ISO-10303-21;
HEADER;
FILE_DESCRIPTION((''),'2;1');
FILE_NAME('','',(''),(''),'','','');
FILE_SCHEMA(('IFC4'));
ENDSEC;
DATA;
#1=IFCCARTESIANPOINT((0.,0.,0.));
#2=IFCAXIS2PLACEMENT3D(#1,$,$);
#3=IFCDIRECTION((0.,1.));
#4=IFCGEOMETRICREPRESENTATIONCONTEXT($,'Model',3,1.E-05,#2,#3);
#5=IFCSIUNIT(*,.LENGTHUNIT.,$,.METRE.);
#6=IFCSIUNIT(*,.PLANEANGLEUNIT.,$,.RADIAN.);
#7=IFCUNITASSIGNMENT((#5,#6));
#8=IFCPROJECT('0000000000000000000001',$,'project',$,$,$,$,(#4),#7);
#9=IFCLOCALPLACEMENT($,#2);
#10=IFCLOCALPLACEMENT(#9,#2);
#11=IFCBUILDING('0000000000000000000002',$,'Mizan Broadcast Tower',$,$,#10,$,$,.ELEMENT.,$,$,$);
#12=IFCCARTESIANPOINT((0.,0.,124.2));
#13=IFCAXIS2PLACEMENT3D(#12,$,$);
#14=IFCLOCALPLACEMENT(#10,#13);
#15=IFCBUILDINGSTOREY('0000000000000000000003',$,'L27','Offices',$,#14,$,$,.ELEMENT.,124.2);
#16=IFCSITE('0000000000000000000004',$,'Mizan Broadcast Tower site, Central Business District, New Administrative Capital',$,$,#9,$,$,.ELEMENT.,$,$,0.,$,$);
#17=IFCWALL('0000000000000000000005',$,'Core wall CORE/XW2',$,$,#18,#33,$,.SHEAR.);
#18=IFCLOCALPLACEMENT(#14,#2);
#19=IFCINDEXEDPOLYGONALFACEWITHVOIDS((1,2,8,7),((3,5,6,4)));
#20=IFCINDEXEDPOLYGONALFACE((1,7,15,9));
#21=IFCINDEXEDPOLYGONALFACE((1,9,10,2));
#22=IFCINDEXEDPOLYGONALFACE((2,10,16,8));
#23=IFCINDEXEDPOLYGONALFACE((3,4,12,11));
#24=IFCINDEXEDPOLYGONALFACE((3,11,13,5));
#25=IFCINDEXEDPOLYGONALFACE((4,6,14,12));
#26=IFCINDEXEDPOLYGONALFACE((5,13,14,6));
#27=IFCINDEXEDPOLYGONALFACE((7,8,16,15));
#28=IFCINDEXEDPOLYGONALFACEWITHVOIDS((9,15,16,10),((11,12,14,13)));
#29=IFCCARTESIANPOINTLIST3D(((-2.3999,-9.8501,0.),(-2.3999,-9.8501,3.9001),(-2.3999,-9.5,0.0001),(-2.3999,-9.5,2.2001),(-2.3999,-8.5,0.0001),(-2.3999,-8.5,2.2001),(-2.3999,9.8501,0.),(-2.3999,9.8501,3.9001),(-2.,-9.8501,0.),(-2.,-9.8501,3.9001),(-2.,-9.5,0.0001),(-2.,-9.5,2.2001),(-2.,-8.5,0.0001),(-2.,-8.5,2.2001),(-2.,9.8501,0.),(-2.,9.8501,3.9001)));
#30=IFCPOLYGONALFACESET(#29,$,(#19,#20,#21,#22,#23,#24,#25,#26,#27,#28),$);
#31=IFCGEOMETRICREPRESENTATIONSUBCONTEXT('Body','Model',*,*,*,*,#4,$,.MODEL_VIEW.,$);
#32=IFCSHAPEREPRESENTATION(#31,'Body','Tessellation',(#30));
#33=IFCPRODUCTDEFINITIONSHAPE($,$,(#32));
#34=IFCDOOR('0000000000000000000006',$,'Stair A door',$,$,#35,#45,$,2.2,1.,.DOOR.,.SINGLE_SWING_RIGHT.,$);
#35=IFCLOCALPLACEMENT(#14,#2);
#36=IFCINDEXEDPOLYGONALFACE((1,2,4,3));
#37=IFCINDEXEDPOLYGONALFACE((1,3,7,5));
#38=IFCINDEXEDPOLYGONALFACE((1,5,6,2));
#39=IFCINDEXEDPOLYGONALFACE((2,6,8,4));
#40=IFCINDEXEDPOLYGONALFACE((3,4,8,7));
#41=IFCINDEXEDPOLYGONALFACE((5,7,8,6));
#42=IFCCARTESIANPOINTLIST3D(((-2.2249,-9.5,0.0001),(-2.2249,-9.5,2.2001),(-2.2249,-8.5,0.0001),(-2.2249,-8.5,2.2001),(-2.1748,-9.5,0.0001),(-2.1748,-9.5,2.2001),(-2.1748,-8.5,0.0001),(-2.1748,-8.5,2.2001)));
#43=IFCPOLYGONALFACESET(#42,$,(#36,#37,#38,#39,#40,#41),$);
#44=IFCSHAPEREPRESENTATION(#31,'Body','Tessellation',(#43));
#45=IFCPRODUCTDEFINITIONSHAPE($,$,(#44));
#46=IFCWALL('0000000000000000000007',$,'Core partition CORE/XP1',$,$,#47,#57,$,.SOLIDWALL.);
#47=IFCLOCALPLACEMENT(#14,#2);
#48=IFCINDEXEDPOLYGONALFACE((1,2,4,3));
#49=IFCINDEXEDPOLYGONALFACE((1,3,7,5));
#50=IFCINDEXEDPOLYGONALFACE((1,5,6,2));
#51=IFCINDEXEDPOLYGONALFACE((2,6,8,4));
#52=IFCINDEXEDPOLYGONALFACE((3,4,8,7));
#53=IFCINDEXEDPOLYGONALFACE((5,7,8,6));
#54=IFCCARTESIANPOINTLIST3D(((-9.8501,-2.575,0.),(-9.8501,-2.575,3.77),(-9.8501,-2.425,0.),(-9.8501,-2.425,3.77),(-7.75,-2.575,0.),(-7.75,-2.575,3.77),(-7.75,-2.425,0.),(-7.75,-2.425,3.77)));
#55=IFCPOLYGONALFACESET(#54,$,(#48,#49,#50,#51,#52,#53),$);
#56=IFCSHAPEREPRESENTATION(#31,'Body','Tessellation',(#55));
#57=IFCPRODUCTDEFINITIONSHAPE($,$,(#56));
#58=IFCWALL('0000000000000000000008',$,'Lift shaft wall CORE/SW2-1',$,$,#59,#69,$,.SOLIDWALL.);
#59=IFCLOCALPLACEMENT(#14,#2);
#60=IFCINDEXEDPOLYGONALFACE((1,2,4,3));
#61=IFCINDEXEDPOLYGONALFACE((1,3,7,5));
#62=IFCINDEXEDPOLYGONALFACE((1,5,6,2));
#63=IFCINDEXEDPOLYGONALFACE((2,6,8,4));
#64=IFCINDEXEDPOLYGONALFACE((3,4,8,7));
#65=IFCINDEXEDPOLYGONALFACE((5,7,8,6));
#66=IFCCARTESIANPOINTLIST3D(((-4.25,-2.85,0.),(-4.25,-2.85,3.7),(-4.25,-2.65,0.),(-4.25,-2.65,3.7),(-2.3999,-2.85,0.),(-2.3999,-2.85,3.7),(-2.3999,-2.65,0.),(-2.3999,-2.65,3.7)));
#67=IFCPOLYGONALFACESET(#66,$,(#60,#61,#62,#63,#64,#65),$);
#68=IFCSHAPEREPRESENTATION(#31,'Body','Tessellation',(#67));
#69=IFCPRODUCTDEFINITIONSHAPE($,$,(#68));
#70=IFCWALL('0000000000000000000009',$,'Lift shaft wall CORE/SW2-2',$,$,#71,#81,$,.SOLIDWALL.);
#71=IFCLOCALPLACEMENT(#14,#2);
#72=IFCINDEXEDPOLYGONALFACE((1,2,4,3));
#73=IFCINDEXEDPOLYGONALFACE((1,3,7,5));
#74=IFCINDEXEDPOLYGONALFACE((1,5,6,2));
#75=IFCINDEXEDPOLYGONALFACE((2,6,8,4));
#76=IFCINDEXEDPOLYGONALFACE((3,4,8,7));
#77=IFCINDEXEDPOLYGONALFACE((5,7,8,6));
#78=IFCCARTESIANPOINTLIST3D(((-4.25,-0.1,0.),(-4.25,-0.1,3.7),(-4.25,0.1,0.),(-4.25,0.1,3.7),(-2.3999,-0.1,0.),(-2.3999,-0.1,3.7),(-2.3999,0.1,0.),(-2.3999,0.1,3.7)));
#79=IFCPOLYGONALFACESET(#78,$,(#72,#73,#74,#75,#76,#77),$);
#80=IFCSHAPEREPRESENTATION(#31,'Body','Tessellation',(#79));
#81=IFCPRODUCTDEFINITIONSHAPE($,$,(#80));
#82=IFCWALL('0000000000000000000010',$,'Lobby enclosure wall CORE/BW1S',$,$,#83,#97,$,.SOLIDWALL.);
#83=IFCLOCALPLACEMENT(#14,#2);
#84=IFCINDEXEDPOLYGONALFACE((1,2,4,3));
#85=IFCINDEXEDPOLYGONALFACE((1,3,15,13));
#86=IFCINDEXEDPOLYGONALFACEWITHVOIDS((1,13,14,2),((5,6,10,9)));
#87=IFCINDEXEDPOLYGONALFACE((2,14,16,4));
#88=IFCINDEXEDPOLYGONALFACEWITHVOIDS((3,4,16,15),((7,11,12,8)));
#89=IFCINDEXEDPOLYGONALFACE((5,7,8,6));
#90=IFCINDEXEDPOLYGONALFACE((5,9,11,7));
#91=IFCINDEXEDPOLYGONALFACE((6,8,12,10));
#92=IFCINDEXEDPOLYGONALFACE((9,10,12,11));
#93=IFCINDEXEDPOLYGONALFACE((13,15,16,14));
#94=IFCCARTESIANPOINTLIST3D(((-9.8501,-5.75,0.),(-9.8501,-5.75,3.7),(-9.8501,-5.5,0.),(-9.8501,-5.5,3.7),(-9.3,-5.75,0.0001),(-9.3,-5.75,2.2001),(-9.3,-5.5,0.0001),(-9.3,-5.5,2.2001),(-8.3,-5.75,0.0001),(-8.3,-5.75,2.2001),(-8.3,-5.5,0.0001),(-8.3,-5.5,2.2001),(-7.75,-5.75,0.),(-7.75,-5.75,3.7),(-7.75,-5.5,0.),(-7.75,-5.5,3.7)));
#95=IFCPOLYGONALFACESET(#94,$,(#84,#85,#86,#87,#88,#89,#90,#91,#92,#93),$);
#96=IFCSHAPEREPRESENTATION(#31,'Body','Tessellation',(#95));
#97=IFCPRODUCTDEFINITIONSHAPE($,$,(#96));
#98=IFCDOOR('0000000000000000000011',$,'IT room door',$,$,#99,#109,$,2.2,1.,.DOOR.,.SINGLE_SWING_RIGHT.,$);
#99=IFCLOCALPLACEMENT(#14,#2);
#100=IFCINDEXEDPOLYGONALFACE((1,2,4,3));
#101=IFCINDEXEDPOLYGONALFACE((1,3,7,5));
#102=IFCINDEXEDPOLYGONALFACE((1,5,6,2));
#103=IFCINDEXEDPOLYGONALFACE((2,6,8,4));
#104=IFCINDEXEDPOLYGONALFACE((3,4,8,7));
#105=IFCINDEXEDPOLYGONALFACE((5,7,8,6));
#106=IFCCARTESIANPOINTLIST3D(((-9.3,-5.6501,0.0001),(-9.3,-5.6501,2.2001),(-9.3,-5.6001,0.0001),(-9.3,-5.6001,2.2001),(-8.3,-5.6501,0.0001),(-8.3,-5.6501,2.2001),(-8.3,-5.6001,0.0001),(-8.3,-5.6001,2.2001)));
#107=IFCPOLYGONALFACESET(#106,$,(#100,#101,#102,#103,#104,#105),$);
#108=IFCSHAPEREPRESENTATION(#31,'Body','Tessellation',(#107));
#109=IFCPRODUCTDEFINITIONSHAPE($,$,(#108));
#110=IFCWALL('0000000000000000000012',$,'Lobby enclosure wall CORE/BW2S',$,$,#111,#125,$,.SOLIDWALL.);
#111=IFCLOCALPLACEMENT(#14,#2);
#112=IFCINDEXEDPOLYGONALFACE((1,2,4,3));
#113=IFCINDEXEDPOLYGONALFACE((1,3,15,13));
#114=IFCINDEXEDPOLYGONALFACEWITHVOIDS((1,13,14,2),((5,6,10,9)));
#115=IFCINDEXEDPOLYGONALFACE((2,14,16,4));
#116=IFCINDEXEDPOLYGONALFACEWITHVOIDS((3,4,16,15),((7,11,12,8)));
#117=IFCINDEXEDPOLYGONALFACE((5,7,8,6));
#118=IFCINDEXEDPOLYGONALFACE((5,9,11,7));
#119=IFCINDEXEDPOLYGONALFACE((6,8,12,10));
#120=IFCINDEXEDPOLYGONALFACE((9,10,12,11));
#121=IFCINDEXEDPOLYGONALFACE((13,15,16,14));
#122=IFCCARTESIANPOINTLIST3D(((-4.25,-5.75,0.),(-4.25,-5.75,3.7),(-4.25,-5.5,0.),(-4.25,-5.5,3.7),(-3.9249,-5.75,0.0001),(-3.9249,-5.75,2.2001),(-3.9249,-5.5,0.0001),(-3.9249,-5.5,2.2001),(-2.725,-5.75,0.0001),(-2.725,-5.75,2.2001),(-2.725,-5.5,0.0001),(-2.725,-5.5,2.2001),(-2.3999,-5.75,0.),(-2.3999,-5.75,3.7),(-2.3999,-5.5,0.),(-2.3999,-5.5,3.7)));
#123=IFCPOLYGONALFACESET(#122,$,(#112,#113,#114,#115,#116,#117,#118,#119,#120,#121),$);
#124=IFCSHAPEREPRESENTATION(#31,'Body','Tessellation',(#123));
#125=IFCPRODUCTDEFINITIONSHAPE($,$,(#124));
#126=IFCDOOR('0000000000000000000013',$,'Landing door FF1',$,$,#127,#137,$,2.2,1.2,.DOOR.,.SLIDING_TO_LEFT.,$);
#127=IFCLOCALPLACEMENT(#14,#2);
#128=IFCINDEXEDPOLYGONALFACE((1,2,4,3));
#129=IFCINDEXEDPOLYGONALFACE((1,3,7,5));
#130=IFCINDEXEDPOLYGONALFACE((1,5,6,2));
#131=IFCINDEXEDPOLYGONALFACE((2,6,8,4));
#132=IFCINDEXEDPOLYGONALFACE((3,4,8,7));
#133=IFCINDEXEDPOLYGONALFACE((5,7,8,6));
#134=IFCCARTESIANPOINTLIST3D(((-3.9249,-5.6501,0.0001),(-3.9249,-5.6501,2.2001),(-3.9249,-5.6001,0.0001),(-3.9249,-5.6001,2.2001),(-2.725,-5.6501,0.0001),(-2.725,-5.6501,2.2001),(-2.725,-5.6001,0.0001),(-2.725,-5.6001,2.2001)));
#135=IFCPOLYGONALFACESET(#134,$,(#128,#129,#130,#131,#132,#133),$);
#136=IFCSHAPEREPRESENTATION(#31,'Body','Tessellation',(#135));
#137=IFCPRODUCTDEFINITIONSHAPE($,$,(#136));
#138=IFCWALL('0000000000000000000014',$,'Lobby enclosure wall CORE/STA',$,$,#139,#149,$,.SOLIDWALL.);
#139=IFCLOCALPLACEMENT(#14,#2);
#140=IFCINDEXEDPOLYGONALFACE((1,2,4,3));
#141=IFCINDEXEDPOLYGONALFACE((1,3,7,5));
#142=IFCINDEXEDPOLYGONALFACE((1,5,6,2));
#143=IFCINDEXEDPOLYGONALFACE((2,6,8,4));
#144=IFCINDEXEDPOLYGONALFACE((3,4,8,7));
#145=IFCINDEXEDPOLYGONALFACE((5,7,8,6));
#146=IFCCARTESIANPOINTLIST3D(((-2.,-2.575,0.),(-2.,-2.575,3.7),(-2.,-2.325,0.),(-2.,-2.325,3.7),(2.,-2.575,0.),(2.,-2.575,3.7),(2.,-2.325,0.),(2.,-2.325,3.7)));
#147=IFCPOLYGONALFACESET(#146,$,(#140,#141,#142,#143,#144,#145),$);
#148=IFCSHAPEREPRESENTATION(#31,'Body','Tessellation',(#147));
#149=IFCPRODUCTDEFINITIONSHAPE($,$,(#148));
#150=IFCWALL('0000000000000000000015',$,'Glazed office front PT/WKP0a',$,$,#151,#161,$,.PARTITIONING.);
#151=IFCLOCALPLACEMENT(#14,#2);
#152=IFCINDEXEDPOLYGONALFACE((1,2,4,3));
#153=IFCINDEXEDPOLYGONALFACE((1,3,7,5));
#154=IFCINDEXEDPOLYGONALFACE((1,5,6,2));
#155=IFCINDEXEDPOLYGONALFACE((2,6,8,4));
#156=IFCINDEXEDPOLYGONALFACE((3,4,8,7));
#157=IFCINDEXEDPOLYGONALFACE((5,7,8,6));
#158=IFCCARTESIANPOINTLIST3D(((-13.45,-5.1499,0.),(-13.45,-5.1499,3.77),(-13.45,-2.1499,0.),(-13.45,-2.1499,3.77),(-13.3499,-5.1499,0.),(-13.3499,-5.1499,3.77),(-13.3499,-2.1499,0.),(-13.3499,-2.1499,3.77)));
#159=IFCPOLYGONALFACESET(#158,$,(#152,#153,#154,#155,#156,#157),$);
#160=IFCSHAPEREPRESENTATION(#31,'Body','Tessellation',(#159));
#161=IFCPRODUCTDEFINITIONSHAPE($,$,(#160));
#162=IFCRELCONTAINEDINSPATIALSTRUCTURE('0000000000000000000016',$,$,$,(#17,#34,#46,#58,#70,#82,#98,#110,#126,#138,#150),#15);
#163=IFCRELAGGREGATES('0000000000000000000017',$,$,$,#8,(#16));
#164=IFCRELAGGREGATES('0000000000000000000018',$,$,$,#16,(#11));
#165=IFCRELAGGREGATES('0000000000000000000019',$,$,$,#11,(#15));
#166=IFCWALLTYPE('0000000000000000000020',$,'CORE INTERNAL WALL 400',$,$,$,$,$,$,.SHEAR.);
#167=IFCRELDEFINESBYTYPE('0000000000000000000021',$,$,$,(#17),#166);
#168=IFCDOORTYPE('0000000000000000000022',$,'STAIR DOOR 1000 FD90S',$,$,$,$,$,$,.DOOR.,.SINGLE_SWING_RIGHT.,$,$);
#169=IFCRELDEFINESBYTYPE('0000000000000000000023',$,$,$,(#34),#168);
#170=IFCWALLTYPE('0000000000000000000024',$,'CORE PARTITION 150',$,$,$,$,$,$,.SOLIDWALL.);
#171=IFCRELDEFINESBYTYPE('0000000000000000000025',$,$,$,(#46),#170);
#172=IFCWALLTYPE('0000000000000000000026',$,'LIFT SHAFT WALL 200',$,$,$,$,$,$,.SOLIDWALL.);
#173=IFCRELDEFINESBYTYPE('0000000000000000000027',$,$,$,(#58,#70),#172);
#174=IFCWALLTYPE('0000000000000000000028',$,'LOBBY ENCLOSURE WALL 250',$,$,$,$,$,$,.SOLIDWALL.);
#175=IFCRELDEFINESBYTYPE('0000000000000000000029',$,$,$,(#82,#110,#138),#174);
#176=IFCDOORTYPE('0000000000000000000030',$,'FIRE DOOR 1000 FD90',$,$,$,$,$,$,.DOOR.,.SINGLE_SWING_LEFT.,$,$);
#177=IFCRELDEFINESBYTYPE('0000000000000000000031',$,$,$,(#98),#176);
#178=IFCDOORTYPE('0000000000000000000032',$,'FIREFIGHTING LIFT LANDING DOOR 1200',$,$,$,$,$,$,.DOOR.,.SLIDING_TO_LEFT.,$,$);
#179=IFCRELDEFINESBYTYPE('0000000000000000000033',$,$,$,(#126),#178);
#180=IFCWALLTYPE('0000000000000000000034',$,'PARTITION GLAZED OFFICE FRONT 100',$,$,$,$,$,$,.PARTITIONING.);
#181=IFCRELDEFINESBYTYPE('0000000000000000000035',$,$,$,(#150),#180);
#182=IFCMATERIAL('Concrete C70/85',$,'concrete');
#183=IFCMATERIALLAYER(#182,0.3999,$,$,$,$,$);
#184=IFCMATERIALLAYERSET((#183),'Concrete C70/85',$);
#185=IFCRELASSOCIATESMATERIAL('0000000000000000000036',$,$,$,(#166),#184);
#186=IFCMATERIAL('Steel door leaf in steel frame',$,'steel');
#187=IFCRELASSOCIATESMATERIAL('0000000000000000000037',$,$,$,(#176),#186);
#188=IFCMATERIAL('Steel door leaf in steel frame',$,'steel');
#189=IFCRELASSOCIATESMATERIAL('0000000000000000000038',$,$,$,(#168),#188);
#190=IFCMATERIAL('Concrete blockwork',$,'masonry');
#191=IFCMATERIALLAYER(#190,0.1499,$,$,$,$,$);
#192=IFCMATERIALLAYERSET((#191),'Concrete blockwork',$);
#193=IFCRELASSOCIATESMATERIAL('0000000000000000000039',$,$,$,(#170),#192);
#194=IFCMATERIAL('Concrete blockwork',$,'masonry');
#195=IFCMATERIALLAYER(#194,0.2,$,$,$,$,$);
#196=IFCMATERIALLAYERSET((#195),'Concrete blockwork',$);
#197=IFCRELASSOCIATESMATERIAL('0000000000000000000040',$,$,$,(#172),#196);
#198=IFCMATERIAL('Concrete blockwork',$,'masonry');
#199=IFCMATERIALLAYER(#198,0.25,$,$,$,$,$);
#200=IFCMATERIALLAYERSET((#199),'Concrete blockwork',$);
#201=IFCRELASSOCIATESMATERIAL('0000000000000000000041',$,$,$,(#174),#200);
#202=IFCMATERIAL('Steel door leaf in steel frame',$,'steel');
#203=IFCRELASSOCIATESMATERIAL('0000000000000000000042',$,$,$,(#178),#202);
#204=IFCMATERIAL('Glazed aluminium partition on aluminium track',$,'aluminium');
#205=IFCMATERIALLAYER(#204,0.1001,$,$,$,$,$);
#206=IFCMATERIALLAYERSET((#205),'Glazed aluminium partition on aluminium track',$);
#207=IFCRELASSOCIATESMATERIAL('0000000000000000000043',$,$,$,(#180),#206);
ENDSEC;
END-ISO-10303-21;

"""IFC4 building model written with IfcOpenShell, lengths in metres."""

from ifc_helpers import new_model, si_unit, direction, frame, frame_2d, origin, place, context, subcontext, project, spatial, rectangle, extrude, material, layer, layer_set, type_object, element, fill, save


model = new_model("IFC4")

# Units and contexts
model_context = context("Model", 3, precision=1e-05, world=origin(), true_north=direction((0.0, 1.0)))
body_context = subcontext(model_context, "Body", "Model", "MODEL_VIEW")
ifc_project = project(units=[si_unit("LENGTHUNIT", "METRE"), si_unit("PLANEANGLEUNIT", "RADIAN")], contexts=[model_context])

# Site, building, storey
site_placement = place(None, origin())
site = spatial("IfcSite", under=ifc_project, at=site_placement, Name="Mizan Broadcast Tower site, Central Business District, New Administrative Capital", CompositionType="ELEMENT", RefElevation=0.0)
building_placement = place(site_placement, origin())
building = spatial("IfcBuilding", under=site, at=building_placement, Name="Mizan Broadcast Tower", CompositionType="ELEMENT")
storey_placement = place(building_placement, frame((0.0, 0.0, 124.2)))
storey = spatial("IfcBuildingStorey", under=building, at=storey_placement, Name="L27", Description="Offices", CompositionType="ELEMENT", Elevation=124.2)

# Shared definitions
ifc_material_1 = material(Name="Concrete C70/85", Category="concrete")
ifc_layer_1 = layer(ifc_material_1, 0.3999)
ifc_layer_set_1 = layer_set([ifc_layer_1], Name="Concrete C70/85")
wall_type_1 = type_object("IfcWallType", Name="CORE INTERNAL WALL 400", PredefinedType="SHEAR", material=ifc_layer_set_1)
ifc_material_2 = material(Name="Steel door leaf in steel frame", Category="steel")
door_type_1 = type_object("IfcDoorType", Name="FIRE DOOR 1000 FD90", OperationType="SINGLE_SWING_LEFT", PredefinedType="DOOR", material=ifc_material_2)

# Wall, opening, door
wall_1_placement = place(storey_placement, frame((-2.2, -9.8501, 0.0), z_axis=(0.0, 0.0, 1.0), x_axis=(0.0, 1.0, 0.0)))
wall_1 = element("IfcWall", 1, at=wall_1_placement, inside=storey, type_object=wall_type_1, Name="Core wall CORE/XW2", PredefinedType="SHEAR", context=body_context, shape_type="SweptSolid", body=[
    extrude(rectangle(XDim=19.7002, YDim=0.3999, at=frame_2d((9.8501, 0.0))), origin(), (0.0, 0.0, 1.0), 3.9001),
])
opening_1_placement = place(wall_1_placement, frame((0.3501, 0.0, 0.0)))
opening_1 = element("IfcOpeningElement", 2, at=opening_1_placement, cuts=wall_1, PredefinedType="OPENING", context=body_context, shape_type="SweptSolid", body=[
    extrude(rectangle(XDim=1.0, YDim=2.2, at=frame_2d((0.5, 1.1001))), frame((0.0, 0.21, 0.0), z_axis=(0.0, -1.0, 0.0), x_axis=(1.0, 0.0, 0.0)), (0.0, 0.0, 1.0), 0.4199),
])
ifc_material_3 = material(Name="Steel door leaf in steel frame", Category="steel")
door_type_2 = type_object("IfcDoorType", Name="STAIR DOOR 1000 FD90S", OperationType="SINGLE_SWING_RIGHT", PredefinedType="DOOR", material=ifc_material_3)
door_1_placement = place(opening_1_placement, origin())
door_1 = element("IfcDoor", 3, at=door_1_placement, inside=storey, type_object=door_type_2, Name="Stair A door", OperationType="SINGLE_SWING_RIGHT", OverallHeight=2.2, OverallWidth=1.0, PredefinedType="DOOR", context=body_context, shape_type="SweptSolid", body=[
    extrude(rectangle(XDim=1.0, YDim=2.2, at=frame_2d((0.5, 1.1001))), frame((0.0, 0.0249, 0.0), z_axis=(0.0, -1.0, 0.0), x_axis=(1.0, 0.0, 0.0)), (0.0, 0.0, 1.0), 0.05),
])
fill(opening_1, door_1)

# Walls
ifc_material_4 = material(Name="Concrete blockwork", Category="masonry")
ifc_layer_2 = layer(ifc_material_4, 0.1499)
ifc_layer_set_2 = layer_set([ifc_layer_2], Name="Concrete blockwork")
wall_type_2 = type_object("IfcWallType", Name="CORE PARTITION 150", PredefinedType="SOLIDWALL", material=ifc_layer_set_2)
wall_2_placement = place(storey_placement, frame((-9.8501, -2.5, 0.0), z_axis=(0.0, 0.0, 1.0), x_axis=(1.0, 0.0, 0.0)))
element("IfcWall", 4, at=wall_2_placement, inside=storey, type_object=wall_type_2, Name="Core partition CORE/XP1", PredefinedType="SOLIDWALL", context=body_context, shape_type="SweptSolid", body=[
    extrude(rectangle(XDim=2.1001, YDim=0.1499, at=frame_2d((1.05, 0.0))), origin(), (0.0, 0.0, 1.0), 3.77),
])
ifc_material_5 = material(Name="Concrete blockwork", Category="masonry")
ifc_layer_3 = layer(ifc_material_5, 0.2)
ifc_layer_set_3 = layer_set([ifc_layer_3], Name="Concrete blockwork")
wall_type_3 = type_object("IfcWallType", Name="LIFT SHAFT WALL 200", PredefinedType="SOLIDWALL", material=ifc_layer_set_3)
for number, where, z_axis, x_axis, name in (
    (5, (-4.25, -2.75, 0.0), (0.0, 0.0, 1.0), (1.0, 0.0, 0.0), "Lift shaft wall CORE/SW2-1"),
    (6, (-4.25, 0.0, 0.0), (0.0, 0.0, 1.0), (1.0, 0.0, 0.0), "Lift shaft wall CORE/SW2-2"),
):
    element("IfcWall", number, at=place(storey_placement, frame(where, z_axis=z_axis, x_axis=x_axis)), inside=storey, type_object=wall_type_3, Name=name, PredefinedType="SOLIDWALL", context=body_context, shape_type="SweptSolid", body=[
        extrude(rectangle(XDim=1.8501, YDim=0.2, at=frame_2d((0.925, 0.0))), origin(), (0.0, 0.0, 1.0), 3.7),
    ])

# Walls, openings, doors
ifc_material_6 = material(Name="Concrete blockwork", Category="masonry")
ifc_layer_4 = layer(ifc_material_6, 0.25)
ifc_layer_set_4 = layer_set([ifc_layer_4], Name="Concrete blockwork")
wall_type_4 = type_object("IfcWallType", Name="LOBBY ENCLOSURE WALL 250", PredefinedType="SOLIDWALL", material=ifc_layer_set_4)
wall_3_placement = place(storey_placement, frame((-9.8501, -5.625, 0.0), z_axis=(0.0, 0.0, 1.0), x_axis=(1.0, 0.0, 0.0)))
wall_3 = element("IfcWall", 7, at=wall_3_placement, inside=storey, type_object=wall_type_4, Name="Lobby enclosure wall CORE/BW1S", PredefinedType="SOLIDWALL", context=body_context, shape_type="SweptSolid", body=[
    extrude(rectangle(XDim=2.1001, YDim=0.25, at=frame_2d((1.05, 0.0))), origin(), (0.0, 0.0, 1.0), 3.7),
])
opening_2_placement = place(wall_3_placement, frame((0.55, 0.0, 0.0)))
opening_2 = element("IfcOpeningElement", 8, at=opening_2_placement, cuts=wall_3, PredefinedType="OPENING", context=body_context, shape_type="SweptSolid", body=[
    extrude(rectangle(XDim=1.0, YDim=2.2, at=frame_2d((0.5, 1.1001))), frame((0.0, 0.135, 0.0), z_axis=(0.0, -1.0, 0.0), x_axis=(1.0, 0.0, 0.0)), (0.0, 0.0, 1.0), 0.27),
])
door_2_placement = place(opening_2_placement, origin())
door_2 = element("IfcDoor", 9, at=door_2_placement, inside=storey, type_object=door_type_1, Name="IT room door", OperationType="SINGLE_SWING_RIGHT", OverallHeight=2.2, OverallWidth=1.0, PredefinedType="DOOR", context=body_context, shape_type="SweptSolid", body=[
    extrude(rectangle(XDim=1.0, YDim=2.2, at=frame_2d((0.5, 1.1001))), frame((0.0, 0.0249, 0.0), z_axis=(0.0, -1.0, 0.0), x_axis=(1.0, 0.0, 0.0)), (0.0, 0.0, 1.0), 0.05),
])
fill(opening_2, door_2)
wall_4_placement = place(storey_placement, frame((-4.25, -5.625, 0.0), z_axis=(0.0, 0.0, 1.0), x_axis=(1.0, 0.0, 0.0)))
wall_4 = element("IfcWall", 10, at=wall_4_placement, inside=storey, type_object=wall_type_4, Name="Lobby enclosure wall CORE/BW2S", PredefinedType="SOLIDWALL", context=body_context, shape_type="SweptSolid", body=[
    extrude(rectangle(XDim=1.8501, YDim=0.25, at=frame_2d((0.925, 0.0))), origin(), (0.0, 0.0, 1.0), 3.7),
])
opening_3_placement = place(wall_4_placement, frame((0.325, 0.0, 0.0)))
opening_3 = element("IfcOpeningElement", 11, at=opening_3_placement, cuts=wall_4, PredefinedType="OPENING", context=body_context, shape_type="SweptSolid", body=[
    extrude(rectangle(XDim=1.2, YDim=2.2, at=frame_2d((0.6001, 1.1001))), frame((0.0, 0.135, 0.0), z_axis=(0.0, -1.0, 0.0), x_axis=(1.0, 0.0, 0.0)), (0.0, 0.0, 1.0), 0.27),
])
ifc_material_7 = material(Name="Steel door leaf in steel frame", Category="steel")
door_type_3 = type_object("IfcDoorType", Name="FIREFIGHTING LIFT LANDING DOOR 1200", OperationType="SLIDING_TO_LEFT", PredefinedType="DOOR", material=ifc_material_7)
door_3_placement = place(opening_3_placement, origin())
door_3 = element("IfcDoor", 12, at=door_3_placement, inside=storey, type_object=door_type_3, Name="Landing door FF1", OperationType="SLIDING_TO_LEFT", OverallHeight=2.2, OverallWidth=1.2, PredefinedType="DOOR", context=body_context, shape_type="SweptSolid", body=[
    extrude(rectangle(XDim=1.2, YDim=2.2, at=frame_2d((0.6001, 1.1001))), frame((0.0, 0.0249, 0.0), z_axis=(0.0, -1.0, 0.0), x_axis=(1.0, 0.0, 0.0)), (0.0, 0.0, 1.0), 0.05),
])
fill(opening_3, door_3)

# Walls
wall_5_placement = place(storey_placement, frame((-2.0, -2.45, 0.0), z_axis=(0.0, 0.0, 1.0), x_axis=(1.0, 0.0, 0.0)))
element("IfcWall", 13, at=wall_5_placement, inside=storey, type_object=wall_type_4, Name="Lobby enclosure wall CORE/STA", PredefinedType="SOLIDWALL", context=body_context, shape_type="SweptSolid", body=[
    extrude(rectangle(XDim=4.0, YDim=0.25, at=frame_2d((2.0, 0.0))), origin(), (0.0, 0.0, 1.0), 3.7),
])
ifc_material_8 = material(Name="Glazed aluminium partition on aluminium track", Category="aluminium")
ifc_layer_5 = layer(ifc_material_8, 0.1001)
ifc_layer_set_5 = layer_set([ifc_layer_5], Name="Glazed aluminium partition on aluminium track")
wall_type_5 = type_object("IfcWallType", Name="PARTITION GLAZED OFFICE FRONT 100", PredefinedType="PARTITIONING", material=ifc_layer_set_5)
wall_6_placement = place(storey_placement, frame((-13.3999, -2.1499, 0.0), z_axis=(0.0, 0.0, 1.0), x_axis=(0.0, -1.0, 0.0)))
element("IfcWall", 14, at=wall_6_placement, inside=storey, type_object=wall_type_5, Name="Glazed office front PT/WKP0a", PredefinedType="PARTITIONING", context=body_context, shape_type="SweptSolid", body=[
    extrude(rectangle(XDim=3.0, YDim=0.1001, at=frame_2d((1.5, 0.0))), origin(), (0.0, 0.0, 1.0), 3.77),
])

save(model, "model.ifc")
